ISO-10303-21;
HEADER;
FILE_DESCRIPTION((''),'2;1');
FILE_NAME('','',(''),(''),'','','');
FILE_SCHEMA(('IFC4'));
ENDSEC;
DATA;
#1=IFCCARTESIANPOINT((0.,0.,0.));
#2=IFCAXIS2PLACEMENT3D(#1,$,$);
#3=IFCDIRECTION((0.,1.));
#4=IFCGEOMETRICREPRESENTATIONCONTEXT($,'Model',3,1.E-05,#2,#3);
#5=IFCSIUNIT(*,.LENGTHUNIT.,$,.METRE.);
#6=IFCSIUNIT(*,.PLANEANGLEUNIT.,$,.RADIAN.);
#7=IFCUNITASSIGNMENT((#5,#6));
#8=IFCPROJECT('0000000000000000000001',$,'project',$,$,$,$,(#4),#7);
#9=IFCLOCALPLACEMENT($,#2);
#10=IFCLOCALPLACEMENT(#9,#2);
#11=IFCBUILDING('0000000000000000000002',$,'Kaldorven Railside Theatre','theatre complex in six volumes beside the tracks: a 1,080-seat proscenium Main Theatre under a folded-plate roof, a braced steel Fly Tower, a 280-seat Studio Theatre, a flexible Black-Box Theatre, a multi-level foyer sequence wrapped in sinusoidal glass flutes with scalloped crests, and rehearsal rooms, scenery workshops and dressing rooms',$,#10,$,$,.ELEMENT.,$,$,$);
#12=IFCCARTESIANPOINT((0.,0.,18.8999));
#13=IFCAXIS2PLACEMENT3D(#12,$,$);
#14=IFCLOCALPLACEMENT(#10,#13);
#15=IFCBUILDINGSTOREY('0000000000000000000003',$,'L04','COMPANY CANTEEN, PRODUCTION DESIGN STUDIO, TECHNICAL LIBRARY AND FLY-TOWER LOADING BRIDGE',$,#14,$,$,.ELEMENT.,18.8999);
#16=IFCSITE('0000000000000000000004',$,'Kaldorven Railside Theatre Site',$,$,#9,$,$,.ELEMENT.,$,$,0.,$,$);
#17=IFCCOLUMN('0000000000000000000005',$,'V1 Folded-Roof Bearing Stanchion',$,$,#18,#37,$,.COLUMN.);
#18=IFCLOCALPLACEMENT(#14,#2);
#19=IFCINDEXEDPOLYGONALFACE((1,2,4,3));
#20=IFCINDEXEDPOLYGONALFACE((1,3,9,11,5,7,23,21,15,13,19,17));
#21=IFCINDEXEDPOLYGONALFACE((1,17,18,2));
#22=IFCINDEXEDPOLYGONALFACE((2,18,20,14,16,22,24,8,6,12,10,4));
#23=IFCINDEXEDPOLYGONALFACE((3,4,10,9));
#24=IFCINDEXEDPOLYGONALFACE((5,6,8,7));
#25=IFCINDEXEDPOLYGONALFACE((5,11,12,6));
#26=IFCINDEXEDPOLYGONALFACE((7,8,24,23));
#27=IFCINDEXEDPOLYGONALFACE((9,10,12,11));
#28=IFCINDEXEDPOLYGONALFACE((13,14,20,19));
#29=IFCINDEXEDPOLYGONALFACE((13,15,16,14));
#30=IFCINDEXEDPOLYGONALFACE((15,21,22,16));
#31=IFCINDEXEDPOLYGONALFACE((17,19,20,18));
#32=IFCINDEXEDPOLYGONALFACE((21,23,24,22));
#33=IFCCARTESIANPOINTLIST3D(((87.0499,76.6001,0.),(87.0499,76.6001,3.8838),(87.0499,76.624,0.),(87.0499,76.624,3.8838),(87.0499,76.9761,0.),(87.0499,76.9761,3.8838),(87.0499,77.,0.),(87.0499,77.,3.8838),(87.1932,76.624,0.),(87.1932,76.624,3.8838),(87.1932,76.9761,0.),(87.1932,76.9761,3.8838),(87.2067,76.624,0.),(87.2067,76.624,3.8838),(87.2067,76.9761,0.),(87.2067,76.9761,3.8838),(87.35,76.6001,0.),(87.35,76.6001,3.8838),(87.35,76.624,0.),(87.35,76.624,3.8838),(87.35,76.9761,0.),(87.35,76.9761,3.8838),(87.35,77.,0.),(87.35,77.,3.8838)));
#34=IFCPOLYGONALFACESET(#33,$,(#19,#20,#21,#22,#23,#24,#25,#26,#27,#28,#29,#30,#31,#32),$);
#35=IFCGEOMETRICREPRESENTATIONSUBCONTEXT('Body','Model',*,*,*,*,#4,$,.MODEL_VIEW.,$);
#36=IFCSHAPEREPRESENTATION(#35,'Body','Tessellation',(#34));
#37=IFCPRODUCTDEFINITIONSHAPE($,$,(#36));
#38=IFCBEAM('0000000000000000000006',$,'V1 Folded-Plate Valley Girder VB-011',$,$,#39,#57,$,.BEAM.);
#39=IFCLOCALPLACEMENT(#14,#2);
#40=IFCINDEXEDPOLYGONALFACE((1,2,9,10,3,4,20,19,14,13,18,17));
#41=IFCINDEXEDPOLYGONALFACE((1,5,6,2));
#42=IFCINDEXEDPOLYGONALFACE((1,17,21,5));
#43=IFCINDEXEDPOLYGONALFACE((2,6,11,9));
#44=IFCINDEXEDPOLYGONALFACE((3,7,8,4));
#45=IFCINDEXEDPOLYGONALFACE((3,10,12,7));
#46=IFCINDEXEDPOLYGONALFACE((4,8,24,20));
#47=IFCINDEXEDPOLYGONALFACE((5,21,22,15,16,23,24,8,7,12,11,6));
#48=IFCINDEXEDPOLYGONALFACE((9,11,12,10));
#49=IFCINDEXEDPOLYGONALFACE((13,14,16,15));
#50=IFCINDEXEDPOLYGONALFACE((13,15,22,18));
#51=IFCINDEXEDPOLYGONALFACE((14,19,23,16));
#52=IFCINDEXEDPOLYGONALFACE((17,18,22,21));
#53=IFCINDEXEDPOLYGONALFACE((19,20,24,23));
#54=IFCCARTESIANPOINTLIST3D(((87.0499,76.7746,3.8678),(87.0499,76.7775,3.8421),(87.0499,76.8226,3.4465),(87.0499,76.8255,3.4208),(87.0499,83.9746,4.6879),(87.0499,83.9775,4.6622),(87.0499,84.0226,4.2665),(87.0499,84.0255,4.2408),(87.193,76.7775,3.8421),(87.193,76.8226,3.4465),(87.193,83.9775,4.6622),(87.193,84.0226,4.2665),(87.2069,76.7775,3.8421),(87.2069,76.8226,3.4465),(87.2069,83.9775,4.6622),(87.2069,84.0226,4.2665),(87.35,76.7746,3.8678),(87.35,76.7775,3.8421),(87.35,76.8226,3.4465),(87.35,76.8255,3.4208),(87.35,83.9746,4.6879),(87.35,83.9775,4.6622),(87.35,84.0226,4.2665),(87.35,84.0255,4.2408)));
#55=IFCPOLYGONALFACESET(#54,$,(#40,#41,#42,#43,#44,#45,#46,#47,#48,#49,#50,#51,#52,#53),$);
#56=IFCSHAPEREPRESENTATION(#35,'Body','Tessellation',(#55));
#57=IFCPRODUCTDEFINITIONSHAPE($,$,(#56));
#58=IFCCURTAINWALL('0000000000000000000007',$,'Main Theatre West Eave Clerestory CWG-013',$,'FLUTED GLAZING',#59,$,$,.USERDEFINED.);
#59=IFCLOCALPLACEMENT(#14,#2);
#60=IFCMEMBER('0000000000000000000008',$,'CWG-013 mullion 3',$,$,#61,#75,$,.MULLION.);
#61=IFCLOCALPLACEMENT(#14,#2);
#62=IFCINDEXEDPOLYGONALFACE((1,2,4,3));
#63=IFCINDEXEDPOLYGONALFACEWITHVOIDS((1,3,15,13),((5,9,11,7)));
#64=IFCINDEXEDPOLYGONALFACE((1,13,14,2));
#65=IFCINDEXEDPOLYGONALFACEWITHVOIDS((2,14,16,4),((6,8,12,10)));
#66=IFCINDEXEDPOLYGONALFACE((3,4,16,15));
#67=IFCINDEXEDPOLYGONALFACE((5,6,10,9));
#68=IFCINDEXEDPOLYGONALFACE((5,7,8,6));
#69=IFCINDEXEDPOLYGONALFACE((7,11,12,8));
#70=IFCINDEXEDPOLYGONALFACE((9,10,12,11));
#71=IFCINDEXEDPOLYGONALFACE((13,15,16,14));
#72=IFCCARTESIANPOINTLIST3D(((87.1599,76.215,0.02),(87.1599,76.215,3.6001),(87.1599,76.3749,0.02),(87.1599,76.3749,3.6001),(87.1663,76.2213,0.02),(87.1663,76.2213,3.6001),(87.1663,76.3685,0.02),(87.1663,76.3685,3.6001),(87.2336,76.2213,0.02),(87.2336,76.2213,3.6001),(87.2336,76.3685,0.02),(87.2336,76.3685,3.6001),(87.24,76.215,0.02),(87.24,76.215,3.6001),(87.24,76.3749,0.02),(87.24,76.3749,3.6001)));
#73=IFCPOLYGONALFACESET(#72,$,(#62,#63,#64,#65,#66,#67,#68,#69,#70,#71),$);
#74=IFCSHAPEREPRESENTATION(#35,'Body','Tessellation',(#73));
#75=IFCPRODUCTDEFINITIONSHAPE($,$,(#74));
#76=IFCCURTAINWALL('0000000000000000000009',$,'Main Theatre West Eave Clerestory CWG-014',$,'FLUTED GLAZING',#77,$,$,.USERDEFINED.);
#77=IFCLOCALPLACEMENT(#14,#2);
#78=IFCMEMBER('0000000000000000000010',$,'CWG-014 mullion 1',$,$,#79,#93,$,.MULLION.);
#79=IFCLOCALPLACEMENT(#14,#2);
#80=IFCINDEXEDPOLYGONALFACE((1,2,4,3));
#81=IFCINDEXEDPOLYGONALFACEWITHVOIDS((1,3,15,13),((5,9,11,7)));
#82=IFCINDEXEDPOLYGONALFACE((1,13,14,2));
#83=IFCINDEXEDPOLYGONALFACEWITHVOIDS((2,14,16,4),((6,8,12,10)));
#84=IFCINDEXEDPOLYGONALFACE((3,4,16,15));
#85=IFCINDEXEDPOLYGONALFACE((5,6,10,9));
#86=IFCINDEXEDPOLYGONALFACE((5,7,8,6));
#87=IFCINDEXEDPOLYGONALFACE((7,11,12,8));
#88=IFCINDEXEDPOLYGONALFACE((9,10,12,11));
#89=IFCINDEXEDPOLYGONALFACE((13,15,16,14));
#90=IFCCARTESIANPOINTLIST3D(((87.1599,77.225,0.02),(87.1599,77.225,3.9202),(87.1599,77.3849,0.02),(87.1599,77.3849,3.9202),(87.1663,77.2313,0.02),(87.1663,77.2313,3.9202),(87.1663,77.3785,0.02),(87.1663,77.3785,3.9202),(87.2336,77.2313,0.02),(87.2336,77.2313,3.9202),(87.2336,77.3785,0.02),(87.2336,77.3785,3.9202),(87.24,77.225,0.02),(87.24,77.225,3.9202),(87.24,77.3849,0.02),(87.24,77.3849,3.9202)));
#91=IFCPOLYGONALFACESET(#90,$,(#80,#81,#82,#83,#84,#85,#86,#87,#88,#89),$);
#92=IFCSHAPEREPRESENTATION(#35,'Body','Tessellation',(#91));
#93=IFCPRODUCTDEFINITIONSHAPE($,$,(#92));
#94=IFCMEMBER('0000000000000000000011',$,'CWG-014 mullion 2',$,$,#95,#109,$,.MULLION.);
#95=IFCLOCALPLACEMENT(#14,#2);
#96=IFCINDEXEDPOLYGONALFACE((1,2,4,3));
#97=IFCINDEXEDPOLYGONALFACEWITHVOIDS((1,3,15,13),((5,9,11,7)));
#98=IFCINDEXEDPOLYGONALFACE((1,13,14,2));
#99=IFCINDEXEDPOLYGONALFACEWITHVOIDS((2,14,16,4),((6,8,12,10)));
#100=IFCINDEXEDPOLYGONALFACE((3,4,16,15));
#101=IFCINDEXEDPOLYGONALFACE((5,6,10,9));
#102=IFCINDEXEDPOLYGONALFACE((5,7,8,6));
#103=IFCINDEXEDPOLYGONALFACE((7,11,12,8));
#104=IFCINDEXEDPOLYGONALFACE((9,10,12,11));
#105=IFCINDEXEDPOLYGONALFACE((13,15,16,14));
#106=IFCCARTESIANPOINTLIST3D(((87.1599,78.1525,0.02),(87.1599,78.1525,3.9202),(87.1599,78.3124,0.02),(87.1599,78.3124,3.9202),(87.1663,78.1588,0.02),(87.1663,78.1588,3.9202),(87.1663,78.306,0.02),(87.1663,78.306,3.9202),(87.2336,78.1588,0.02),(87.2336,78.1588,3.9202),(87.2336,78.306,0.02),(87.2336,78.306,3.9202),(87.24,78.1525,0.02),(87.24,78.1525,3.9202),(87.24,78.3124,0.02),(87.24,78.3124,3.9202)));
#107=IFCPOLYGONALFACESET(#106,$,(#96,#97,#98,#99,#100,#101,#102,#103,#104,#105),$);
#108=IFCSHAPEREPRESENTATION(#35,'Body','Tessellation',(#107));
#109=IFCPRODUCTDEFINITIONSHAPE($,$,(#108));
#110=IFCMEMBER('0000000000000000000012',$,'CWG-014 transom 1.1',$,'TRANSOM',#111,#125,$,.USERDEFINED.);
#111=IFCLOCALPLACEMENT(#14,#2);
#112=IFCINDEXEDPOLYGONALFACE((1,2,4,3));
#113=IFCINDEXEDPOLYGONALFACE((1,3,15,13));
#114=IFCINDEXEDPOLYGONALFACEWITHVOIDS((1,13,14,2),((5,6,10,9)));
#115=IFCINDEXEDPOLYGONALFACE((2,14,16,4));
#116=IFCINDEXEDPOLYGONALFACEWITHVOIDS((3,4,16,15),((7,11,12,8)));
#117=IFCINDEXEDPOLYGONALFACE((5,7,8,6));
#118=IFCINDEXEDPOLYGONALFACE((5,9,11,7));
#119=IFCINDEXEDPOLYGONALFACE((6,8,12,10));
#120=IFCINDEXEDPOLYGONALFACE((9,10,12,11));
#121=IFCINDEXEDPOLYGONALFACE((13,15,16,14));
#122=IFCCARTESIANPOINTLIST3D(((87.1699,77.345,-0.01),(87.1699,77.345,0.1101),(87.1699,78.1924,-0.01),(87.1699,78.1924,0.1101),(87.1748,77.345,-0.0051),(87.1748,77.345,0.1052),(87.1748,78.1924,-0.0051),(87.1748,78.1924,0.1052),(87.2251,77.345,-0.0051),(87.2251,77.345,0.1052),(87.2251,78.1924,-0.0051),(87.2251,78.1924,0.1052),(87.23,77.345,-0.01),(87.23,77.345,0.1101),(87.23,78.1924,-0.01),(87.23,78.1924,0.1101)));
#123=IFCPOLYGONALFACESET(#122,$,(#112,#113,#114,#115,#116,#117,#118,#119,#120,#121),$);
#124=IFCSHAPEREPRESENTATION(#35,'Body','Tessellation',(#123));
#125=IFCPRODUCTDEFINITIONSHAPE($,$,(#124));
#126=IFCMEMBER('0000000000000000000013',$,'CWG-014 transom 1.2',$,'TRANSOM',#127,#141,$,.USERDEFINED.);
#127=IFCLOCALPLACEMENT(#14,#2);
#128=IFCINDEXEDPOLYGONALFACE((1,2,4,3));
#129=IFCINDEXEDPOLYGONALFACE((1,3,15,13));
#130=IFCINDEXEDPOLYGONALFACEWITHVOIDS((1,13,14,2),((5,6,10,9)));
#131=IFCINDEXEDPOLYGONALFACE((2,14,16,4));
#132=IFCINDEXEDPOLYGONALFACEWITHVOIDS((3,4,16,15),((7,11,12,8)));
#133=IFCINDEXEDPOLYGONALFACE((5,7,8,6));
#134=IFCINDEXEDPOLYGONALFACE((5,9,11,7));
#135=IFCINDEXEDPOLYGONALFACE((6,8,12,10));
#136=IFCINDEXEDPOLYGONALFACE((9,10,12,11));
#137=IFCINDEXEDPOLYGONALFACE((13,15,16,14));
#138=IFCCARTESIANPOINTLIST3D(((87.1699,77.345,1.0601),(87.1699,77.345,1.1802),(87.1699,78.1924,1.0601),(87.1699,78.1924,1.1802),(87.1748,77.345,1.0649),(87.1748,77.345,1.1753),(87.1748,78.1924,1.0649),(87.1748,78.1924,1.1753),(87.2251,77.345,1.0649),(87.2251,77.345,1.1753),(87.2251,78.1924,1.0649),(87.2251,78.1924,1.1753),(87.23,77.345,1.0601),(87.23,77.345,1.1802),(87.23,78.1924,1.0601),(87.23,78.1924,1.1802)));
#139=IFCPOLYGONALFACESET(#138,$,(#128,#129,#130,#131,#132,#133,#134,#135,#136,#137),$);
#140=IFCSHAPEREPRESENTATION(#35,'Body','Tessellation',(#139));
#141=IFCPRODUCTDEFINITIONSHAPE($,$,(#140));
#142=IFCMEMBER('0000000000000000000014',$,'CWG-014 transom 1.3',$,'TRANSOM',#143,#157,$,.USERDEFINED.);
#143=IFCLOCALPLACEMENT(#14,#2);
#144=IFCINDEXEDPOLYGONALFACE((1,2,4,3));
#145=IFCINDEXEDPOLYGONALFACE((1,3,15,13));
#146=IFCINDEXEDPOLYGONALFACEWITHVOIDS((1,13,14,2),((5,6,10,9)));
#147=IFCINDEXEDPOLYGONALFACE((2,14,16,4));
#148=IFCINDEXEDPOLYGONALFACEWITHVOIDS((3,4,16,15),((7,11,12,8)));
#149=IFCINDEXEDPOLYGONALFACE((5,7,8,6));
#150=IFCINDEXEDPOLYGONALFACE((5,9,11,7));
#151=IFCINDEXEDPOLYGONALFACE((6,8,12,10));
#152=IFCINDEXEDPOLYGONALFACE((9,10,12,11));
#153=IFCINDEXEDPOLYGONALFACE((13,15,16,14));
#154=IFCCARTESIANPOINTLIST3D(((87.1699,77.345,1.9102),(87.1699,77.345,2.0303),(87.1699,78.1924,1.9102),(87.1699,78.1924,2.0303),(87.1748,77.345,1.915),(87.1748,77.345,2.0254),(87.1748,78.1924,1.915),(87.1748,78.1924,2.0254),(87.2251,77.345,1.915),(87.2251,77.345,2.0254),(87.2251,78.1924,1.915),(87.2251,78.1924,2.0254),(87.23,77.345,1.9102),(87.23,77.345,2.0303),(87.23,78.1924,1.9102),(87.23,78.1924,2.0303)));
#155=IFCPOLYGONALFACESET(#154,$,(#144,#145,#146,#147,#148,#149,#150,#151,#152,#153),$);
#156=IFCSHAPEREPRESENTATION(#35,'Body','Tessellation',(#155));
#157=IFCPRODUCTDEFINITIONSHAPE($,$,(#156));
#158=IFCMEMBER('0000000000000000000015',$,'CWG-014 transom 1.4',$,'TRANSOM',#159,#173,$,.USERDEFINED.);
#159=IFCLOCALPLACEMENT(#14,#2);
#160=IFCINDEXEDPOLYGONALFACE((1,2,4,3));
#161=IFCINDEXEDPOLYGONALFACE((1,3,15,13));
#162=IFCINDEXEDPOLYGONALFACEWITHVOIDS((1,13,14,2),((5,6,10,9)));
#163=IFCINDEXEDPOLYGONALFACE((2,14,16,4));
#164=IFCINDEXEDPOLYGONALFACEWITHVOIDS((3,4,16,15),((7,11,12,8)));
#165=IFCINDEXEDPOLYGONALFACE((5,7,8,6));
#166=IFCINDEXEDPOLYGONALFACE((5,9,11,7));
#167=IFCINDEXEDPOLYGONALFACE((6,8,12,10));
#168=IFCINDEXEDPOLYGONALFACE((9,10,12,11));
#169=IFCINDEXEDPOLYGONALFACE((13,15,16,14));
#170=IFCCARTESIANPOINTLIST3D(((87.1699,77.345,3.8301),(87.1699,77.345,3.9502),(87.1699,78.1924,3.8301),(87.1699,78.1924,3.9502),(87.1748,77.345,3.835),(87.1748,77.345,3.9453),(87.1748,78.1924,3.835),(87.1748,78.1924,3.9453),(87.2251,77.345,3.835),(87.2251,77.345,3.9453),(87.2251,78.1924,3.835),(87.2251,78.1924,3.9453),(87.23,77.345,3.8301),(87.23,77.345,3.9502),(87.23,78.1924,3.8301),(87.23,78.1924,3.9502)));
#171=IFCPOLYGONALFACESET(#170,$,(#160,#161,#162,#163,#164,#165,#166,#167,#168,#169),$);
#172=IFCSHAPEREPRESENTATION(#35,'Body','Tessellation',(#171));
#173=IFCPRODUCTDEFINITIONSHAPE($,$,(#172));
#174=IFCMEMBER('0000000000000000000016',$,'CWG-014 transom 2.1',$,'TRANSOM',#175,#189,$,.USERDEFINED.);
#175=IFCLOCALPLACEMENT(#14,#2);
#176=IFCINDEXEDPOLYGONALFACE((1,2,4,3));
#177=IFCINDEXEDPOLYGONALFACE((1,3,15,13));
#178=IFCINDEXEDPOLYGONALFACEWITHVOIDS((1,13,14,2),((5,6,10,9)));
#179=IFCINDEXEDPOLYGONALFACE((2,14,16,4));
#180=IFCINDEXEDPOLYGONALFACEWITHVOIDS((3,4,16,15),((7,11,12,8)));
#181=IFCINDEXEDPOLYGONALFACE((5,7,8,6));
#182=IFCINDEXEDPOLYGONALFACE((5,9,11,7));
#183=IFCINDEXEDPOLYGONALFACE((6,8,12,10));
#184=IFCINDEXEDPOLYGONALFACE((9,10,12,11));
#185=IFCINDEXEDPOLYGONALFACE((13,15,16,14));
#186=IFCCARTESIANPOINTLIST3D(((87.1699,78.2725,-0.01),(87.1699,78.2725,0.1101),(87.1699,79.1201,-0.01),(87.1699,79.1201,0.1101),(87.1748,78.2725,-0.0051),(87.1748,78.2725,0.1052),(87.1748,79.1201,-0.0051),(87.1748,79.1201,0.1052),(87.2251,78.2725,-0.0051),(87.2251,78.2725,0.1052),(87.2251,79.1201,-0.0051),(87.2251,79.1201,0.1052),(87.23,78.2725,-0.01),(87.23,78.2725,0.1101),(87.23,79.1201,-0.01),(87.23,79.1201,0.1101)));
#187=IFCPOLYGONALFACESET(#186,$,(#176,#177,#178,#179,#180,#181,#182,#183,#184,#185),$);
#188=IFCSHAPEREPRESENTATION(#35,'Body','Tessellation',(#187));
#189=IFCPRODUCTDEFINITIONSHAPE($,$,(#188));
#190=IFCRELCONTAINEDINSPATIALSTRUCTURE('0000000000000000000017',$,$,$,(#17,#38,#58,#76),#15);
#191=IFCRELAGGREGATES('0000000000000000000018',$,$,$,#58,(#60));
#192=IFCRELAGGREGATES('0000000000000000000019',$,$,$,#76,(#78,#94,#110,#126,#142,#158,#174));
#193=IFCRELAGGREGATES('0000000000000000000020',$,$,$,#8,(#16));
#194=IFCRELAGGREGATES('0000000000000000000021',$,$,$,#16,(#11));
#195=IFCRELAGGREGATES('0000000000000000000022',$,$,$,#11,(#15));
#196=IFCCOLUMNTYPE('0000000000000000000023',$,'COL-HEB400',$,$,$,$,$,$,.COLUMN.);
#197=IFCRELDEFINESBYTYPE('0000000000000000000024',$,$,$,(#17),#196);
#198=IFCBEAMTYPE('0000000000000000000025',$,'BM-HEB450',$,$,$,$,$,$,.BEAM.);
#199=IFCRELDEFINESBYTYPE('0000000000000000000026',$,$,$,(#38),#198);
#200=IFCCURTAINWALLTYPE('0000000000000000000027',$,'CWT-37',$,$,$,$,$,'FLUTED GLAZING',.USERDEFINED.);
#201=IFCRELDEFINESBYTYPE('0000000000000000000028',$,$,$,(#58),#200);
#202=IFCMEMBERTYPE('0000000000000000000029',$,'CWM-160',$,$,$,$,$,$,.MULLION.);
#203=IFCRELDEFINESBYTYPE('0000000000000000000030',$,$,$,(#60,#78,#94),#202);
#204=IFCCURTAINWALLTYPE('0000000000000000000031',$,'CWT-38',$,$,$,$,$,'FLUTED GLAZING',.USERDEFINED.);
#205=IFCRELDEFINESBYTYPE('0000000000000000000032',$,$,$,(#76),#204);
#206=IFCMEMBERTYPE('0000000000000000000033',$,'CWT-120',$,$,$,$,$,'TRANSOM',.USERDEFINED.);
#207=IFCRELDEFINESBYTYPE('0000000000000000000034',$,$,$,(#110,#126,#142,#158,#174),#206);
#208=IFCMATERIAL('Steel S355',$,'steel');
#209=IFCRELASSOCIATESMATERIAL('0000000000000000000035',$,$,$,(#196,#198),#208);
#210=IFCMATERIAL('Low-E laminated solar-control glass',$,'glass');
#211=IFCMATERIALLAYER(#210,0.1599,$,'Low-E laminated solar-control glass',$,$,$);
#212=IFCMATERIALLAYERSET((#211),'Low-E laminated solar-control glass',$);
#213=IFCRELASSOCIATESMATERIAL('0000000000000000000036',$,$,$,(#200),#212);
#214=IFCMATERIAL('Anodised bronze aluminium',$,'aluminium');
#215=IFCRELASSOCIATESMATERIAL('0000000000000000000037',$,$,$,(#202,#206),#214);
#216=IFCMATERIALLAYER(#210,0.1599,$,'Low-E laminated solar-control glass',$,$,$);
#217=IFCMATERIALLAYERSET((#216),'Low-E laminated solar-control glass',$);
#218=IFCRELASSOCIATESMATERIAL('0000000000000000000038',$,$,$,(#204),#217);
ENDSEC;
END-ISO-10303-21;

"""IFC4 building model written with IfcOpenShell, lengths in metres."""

from ifc_helpers import new_model, si_unit, direction, frame, origin, origin_2d, place, context, subcontext, project, spatial, hollow_rectangle, i_section, extrude, material, layer, layer_set, material_profile, profile_set, type_object, element, aggregate, save


model = new_model("IFC4")

# Units and contexts
model_context = context("Model", 3, precision=1e-05, world=origin(), true_north=direction((0.0, 1.0)))
body_context = subcontext(model_context, "Body", "Model", "MODEL_VIEW")
ifc_project = project(units=[si_unit("LENGTHUNIT", "METRE"), si_unit("PLANEANGLEUNIT", "RADIAN")], contexts=[model_context])

# Site, building, storey
site_placement = place(None, origin())
site = spatial("IfcSite", under=ifc_project, at=site_placement, Name="Kaldorven Railside Theatre Site", CompositionType="ELEMENT", RefElevation=0.0)
building_placement = place(site_placement, origin())
building = spatial("IfcBuilding", under=site, at=building_placement, Name="Kaldorven Railside Theatre", Description="theatre complex in six volumes beside the tracks: a 1,080-seat proscenium Main Theatre under a folded-plate roof, a braced steel Fly Tower, a 280-seat Studio Theatre, a flexible Black-Box Theatre, a multi-level foyer sequence wrapped in sinusoidal glass flutes with scalloped crests, and rehearsal rooms, scenery workshops and dressing rooms", CompositionType="ELEMENT")
storey_placement = place(building_placement, frame((0.0, 0.0, 18.8999)))
storey = spatial("IfcBuildingStorey", under=building, at=storey_placement, Name="L04", Description="COMPANY CANTEEN, PRODUCTION DESIGN STUDIO, TECHNICAL LIBRARY AND FLY-TOWER LOADING BRIDGE", CompositionType="ELEMENT", Elevation=18.8999)

# Column
ifc_material_1 = material(Name="Steel S355", Category="steel")
ifc_material_profile_1 = material_profile(ifc_material_1, i_section(OverallWidth=0.3, OverallDepth=0.3999, WebThickness=0.0134, FlangeThickness=0.0239, at=origin_2d()), Name="HEB 400")
ifc_profile_set_1 = profile_set([ifc_material_profile_1], Name="Steel S355")
column_type = type_object("IfcColumnType", Name="COL-HEB400", PredefinedType="COLUMN", material=ifc_profile_set_1)
column_placement = place(storey_placement, frame((87.2, 76.8, 0.0), z_axis=(0.0, 0.0, 1.0), x_axis=(1.0, 0.0, 0.0)))
element("IfcColumn", 1, at=column_placement, inside=storey, type_object=column_type, Name="V1 Folded-Roof Bearing Stanchion", PredefinedType="COLUMN", context=body_context, shape_type="SweptSolid", body=[
    extrude(i_section(OverallWidth=0.3, OverallDepth=0.3999, WebThickness=0.0134, FlangeThickness=0.0239, at=origin_2d()), origin(), (0.0, 0.0, 1.0), 3.8838),
])

# Beam
ifc_material_profile_2 = material_profile(ifc_material_1, i_section(OverallWidth=0.3, OverallDepth=0.45, WebThickness=0.0139, FlangeThickness=0.0259, at=origin_2d()), Name="HEB 450")
ifc_profile_set_2 = profile_set([ifc_material_profile_2], Name="Steel S355")
beam_type = type_object("IfcBeamType", Name="BM-HEB450", PredefinedType="BEAM", material=ifc_profile_set_2)
beam_placement = place(storey_placement, frame((87.2, 76.8, 3.6443), z_axis=(0.0, 0.993576, 0.113167), x_axis=(-1.0, 0.0, 0.0)))
element("IfcBeam", 2, at=beam_placement, inside=storey, type_object=beam_type, Name="V1 Folded-Plate Valley Girder VB-011", PredefinedType="BEAM", context=body_context, shape_type="SweptSolid", body=[
    extrude(i_section(OverallWidth=0.3, OverallDepth=0.45, WebThickness=0.0139, FlangeThickness=0.0259, at=origin_2d()), origin(), (0.0, 0.0, 1.0), 7.2466),
])

# Curtain wall, member
ifc_material_2 = material(Name="Low-E laminated solar-control glass", Category="glass")
ifc_layer_1 = layer(ifc_material_2, 0.1599, Name="Low-E laminated solar-control glass")
ifc_layer_set_1 = layer_set([ifc_layer_1], Name="Low-E laminated solar-control glass")
curtain_wall_type_1 = type_object("IfcCurtainWallType", Name="CWT-37", ElementType="FLUTED GLAZING", PredefinedType="USERDEFINED", material=ifc_layer_set_1)
curtain_wall_1_placement = place(storey_placement, origin())
curtain_wall_1 = element("IfcCurtainWall", 3, at=curtain_wall_1_placement, inside=storey, type_object=curtain_wall_type_1, Name="Main Theatre West Eave Clerestory CWG-013", ObjectType="FLUTED GLAZING", PredefinedType="USERDEFINED")
ifc_material_3 = material(Name="Anodised bronze aluminium", Category="aluminium")
ifc_material_profile_3 = material_profile(ifc_material_3, hollow_rectangle(XDim=0.0801, YDim=0.1599, WallThickness=0.0063, at=origin_2d()), Name="RHS 160x80x6.3")
ifc_profile_set_3 = profile_set([ifc_material_profile_3], Name="Anodised bronze aluminium")
member_type_1 = type_object("IfcMemberType", Name="CWM-160", PredefinedType="MULLION", material=ifc_profile_set_3)
member_1_placement = place(storey_placement, frame((87.2, 76.2949, 0.02), z_axis=(0.0, 0.0, 1.0), x_axis=(-1.0, 0.0, 0.0)))
member_1 = element("IfcMember", 4, at=member_1_placement, type_object=member_type_1, Name="CWG-013 mullion 3", PredefinedType="MULLION", context=body_context, shape_type="SweptSolid", body=[
    extrude(hollow_rectangle(XDim=0.0801, YDim=0.1599, WallThickness=0.0063, at=origin_2d()), origin(), (0.0, 0.0, 1.0), 3.5801),
])

# Curtain wall, members
ifc_layer_2 = layer(ifc_material_2, 0.1599, Name="Low-E laminated solar-control glass")
ifc_layer_set_2 = layer_set([ifc_layer_2], Name="Low-E laminated solar-control glass")
curtain_wall_type_2 = type_object("IfcCurtainWallType", Name="CWT-38", ElementType="FLUTED GLAZING", PredefinedType="USERDEFINED", material=ifc_layer_set_2)
curtain_wall_2_placement = place(storey_placement, origin())
curtain_wall_2 = element("IfcCurtainWall", 5, at=curtain_wall_2_placement, inside=storey, type_object=curtain_wall_type_2, Name="Main Theatre West Eave Clerestory CWG-014", ObjectType="FLUTED GLAZING", PredefinedType="USERDEFINED")
member_2_placement = place(storey_placement, frame((87.2, 77.3049, 0.02), z_axis=(0.0, 0.0, 1.0), x_axis=(-1.0, 0.0, 0.0)))
member_2 = element("IfcMember", 6, at=member_2_placement, type_object=member_type_1, Name="CWG-014 mullion 1", PredefinedType="MULLION", context=body_context, shape_type="SweptSolid", body=[
    extrude(hollow_rectangle(XDim=0.0801, YDim=0.1599, WallThickness=0.0063, at=origin_2d()), origin(), (0.0, 0.0, 1.0), 3.9001),
])
member_3_placement = place(storey_placement, frame((87.2, 78.2324, 0.02), z_axis=(0.0, 0.0, 1.0), x_axis=(-1.0, 0.0, 0.0)))
member_3 = element("IfcMember", 7, at=member_3_placement, type_object=member_type_1, Name="CWG-014 mullion 2", PredefinedType="MULLION", context=body_context, shape_type="SweptSolid", body=[
    extrude(hollow_rectangle(XDim=0.0801, YDim=0.1599, WallThickness=0.0063, at=origin_2d()), origin(), (0.0, 0.0, 1.0), 3.9001),
])
ifc_material_profile_4 = material_profile(ifc_material_3, hollow_rectangle(XDim=0.0601, YDim=0.1201, WallThickness=0.0049, at=origin_2d()), Name="RHS 120x60x5")
ifc_profile_set_4 = profile_set([ifc_material_profile_4], Name="Anodised bronze aluminium")
member_type_2 = type_object("IfcMemberType", Name="CWT-120", ElementType="TRANSOM", PredefinedType="USERDEFINED", material=ifc_profile_set_4)
member_4_placement = place(storey_placement, frame((87.2, 77.345, 0.05), z_axis=(0.0, 1.0, 0.0), x_axis=(-1.0, 0.0, 0.0)))
member_4 = element("IfcMember", 8, at=member_4_placement, type_object=member_type_2, Name="CWG-014 transom 1.1", ObjectType="TRANSOM", PredefinedType="USERDEFINED", context=body_context, shape_type="SweptSolid", body=[
    extrude(hollow_rectangle(XDim=0.0601, YDim=0.1201, WallThickness=0.0049, at=origin_2d()), origin(), (0.0, 0.0, 1.0), 0.8474),
])
member_5_placement = place(storey_placement, frame((87.2, 77.345, 1.1201), z_axis=(0.0, 1.0, 0.0), x_axis=(-1.0, 0.0, 0.0)))
member_5 = element("IfcMember", 9, at=member_5_placement, type_object=member_type_2, Name="CWG-014 transom 1.2", ObjectType="TRANSOM", PredefinedType="USERDEFINED", context=body_context, shape_type="SweptSolid", body=[
    extrude(hollow_rectangle(XDim=0.0601, YDim=0.1201, WallThickness=0.0049, at=origin_2d()), origin(), (0.0, 0.0, 1.0), 0.8474),
])
member_6_placement = place(storey_placement, frame((87.2, 77.345, 1.9702), z_axis=(0.0, 1.0, 0.0), x_axis=(-1.0, 0.0, 0.0)))
member_6 = element("IfcMember", 10, at=member_6_placement, type_object=member_type_2, Name="CWG-014 transom 1.3", ObjectType="TRANSOM", PredefinedType="USERDEFINED", context=body_context, shape_type="SweptSolid", body=[
    extrude(hollow_rectangle(XDim=0.0601, YDim=0.1201, WallThickness=0.0049, at=origin_2d()), origin(), (0.0, 0.0, 1.0), 0.8474),
])
member_7_placement = place(storey_placement, frame((87.2, 77.345, 3.8901), z_axis=(0.0, 1.0, 0.0), x_axis=(-1.0, 0.0, 0.0)))
member_7 = element("IfcMember", 11, at=member_7_placement, type_object=member_type_2, Name="CWG-014 transom 1.4", ObjectType="TRANSOM", PredefinedType="USERDEFINED", context=body_context, shape_type="SweptSolid", body=[
    extrude(hollow_rectangle(XDim=0.0601, YDim=0.1201, WallThickness=0.0049, at=origin_2d()), origin(), (0.0, 0.0, 1.0), 0.8474),
])
member_8_placement = place(storey_placement, frame((87.2, 78.2725, 0.05), z_axis=(0.0, 1.0, 0.0), x_axis=(-1.0, 0.0, 0.0)))
member_8 = element("IfcMember", 12, at=member_8_placement, type_object=member_type_2, Name="CWG-014 transom 2.1", ObjectType="TRANSOM", PredefinedType="USERDEFINED", context=body_context, shape_type="SweptSolid", body=[
    extrude(hollow_rectangle(XDim=0.0601, YDim=0.1201, WallThickness=0.0049, at=origin_2d()), origin(), (0.0, 0.0, 1.0), 0.8477),
])

aggregate(curtain_wall_1, [member_1])
aggregate(curtain_wall_2, [member_2, member_3, member_4, member_5, member_6, member_7, member_8])

save(model, "model.ifc")
